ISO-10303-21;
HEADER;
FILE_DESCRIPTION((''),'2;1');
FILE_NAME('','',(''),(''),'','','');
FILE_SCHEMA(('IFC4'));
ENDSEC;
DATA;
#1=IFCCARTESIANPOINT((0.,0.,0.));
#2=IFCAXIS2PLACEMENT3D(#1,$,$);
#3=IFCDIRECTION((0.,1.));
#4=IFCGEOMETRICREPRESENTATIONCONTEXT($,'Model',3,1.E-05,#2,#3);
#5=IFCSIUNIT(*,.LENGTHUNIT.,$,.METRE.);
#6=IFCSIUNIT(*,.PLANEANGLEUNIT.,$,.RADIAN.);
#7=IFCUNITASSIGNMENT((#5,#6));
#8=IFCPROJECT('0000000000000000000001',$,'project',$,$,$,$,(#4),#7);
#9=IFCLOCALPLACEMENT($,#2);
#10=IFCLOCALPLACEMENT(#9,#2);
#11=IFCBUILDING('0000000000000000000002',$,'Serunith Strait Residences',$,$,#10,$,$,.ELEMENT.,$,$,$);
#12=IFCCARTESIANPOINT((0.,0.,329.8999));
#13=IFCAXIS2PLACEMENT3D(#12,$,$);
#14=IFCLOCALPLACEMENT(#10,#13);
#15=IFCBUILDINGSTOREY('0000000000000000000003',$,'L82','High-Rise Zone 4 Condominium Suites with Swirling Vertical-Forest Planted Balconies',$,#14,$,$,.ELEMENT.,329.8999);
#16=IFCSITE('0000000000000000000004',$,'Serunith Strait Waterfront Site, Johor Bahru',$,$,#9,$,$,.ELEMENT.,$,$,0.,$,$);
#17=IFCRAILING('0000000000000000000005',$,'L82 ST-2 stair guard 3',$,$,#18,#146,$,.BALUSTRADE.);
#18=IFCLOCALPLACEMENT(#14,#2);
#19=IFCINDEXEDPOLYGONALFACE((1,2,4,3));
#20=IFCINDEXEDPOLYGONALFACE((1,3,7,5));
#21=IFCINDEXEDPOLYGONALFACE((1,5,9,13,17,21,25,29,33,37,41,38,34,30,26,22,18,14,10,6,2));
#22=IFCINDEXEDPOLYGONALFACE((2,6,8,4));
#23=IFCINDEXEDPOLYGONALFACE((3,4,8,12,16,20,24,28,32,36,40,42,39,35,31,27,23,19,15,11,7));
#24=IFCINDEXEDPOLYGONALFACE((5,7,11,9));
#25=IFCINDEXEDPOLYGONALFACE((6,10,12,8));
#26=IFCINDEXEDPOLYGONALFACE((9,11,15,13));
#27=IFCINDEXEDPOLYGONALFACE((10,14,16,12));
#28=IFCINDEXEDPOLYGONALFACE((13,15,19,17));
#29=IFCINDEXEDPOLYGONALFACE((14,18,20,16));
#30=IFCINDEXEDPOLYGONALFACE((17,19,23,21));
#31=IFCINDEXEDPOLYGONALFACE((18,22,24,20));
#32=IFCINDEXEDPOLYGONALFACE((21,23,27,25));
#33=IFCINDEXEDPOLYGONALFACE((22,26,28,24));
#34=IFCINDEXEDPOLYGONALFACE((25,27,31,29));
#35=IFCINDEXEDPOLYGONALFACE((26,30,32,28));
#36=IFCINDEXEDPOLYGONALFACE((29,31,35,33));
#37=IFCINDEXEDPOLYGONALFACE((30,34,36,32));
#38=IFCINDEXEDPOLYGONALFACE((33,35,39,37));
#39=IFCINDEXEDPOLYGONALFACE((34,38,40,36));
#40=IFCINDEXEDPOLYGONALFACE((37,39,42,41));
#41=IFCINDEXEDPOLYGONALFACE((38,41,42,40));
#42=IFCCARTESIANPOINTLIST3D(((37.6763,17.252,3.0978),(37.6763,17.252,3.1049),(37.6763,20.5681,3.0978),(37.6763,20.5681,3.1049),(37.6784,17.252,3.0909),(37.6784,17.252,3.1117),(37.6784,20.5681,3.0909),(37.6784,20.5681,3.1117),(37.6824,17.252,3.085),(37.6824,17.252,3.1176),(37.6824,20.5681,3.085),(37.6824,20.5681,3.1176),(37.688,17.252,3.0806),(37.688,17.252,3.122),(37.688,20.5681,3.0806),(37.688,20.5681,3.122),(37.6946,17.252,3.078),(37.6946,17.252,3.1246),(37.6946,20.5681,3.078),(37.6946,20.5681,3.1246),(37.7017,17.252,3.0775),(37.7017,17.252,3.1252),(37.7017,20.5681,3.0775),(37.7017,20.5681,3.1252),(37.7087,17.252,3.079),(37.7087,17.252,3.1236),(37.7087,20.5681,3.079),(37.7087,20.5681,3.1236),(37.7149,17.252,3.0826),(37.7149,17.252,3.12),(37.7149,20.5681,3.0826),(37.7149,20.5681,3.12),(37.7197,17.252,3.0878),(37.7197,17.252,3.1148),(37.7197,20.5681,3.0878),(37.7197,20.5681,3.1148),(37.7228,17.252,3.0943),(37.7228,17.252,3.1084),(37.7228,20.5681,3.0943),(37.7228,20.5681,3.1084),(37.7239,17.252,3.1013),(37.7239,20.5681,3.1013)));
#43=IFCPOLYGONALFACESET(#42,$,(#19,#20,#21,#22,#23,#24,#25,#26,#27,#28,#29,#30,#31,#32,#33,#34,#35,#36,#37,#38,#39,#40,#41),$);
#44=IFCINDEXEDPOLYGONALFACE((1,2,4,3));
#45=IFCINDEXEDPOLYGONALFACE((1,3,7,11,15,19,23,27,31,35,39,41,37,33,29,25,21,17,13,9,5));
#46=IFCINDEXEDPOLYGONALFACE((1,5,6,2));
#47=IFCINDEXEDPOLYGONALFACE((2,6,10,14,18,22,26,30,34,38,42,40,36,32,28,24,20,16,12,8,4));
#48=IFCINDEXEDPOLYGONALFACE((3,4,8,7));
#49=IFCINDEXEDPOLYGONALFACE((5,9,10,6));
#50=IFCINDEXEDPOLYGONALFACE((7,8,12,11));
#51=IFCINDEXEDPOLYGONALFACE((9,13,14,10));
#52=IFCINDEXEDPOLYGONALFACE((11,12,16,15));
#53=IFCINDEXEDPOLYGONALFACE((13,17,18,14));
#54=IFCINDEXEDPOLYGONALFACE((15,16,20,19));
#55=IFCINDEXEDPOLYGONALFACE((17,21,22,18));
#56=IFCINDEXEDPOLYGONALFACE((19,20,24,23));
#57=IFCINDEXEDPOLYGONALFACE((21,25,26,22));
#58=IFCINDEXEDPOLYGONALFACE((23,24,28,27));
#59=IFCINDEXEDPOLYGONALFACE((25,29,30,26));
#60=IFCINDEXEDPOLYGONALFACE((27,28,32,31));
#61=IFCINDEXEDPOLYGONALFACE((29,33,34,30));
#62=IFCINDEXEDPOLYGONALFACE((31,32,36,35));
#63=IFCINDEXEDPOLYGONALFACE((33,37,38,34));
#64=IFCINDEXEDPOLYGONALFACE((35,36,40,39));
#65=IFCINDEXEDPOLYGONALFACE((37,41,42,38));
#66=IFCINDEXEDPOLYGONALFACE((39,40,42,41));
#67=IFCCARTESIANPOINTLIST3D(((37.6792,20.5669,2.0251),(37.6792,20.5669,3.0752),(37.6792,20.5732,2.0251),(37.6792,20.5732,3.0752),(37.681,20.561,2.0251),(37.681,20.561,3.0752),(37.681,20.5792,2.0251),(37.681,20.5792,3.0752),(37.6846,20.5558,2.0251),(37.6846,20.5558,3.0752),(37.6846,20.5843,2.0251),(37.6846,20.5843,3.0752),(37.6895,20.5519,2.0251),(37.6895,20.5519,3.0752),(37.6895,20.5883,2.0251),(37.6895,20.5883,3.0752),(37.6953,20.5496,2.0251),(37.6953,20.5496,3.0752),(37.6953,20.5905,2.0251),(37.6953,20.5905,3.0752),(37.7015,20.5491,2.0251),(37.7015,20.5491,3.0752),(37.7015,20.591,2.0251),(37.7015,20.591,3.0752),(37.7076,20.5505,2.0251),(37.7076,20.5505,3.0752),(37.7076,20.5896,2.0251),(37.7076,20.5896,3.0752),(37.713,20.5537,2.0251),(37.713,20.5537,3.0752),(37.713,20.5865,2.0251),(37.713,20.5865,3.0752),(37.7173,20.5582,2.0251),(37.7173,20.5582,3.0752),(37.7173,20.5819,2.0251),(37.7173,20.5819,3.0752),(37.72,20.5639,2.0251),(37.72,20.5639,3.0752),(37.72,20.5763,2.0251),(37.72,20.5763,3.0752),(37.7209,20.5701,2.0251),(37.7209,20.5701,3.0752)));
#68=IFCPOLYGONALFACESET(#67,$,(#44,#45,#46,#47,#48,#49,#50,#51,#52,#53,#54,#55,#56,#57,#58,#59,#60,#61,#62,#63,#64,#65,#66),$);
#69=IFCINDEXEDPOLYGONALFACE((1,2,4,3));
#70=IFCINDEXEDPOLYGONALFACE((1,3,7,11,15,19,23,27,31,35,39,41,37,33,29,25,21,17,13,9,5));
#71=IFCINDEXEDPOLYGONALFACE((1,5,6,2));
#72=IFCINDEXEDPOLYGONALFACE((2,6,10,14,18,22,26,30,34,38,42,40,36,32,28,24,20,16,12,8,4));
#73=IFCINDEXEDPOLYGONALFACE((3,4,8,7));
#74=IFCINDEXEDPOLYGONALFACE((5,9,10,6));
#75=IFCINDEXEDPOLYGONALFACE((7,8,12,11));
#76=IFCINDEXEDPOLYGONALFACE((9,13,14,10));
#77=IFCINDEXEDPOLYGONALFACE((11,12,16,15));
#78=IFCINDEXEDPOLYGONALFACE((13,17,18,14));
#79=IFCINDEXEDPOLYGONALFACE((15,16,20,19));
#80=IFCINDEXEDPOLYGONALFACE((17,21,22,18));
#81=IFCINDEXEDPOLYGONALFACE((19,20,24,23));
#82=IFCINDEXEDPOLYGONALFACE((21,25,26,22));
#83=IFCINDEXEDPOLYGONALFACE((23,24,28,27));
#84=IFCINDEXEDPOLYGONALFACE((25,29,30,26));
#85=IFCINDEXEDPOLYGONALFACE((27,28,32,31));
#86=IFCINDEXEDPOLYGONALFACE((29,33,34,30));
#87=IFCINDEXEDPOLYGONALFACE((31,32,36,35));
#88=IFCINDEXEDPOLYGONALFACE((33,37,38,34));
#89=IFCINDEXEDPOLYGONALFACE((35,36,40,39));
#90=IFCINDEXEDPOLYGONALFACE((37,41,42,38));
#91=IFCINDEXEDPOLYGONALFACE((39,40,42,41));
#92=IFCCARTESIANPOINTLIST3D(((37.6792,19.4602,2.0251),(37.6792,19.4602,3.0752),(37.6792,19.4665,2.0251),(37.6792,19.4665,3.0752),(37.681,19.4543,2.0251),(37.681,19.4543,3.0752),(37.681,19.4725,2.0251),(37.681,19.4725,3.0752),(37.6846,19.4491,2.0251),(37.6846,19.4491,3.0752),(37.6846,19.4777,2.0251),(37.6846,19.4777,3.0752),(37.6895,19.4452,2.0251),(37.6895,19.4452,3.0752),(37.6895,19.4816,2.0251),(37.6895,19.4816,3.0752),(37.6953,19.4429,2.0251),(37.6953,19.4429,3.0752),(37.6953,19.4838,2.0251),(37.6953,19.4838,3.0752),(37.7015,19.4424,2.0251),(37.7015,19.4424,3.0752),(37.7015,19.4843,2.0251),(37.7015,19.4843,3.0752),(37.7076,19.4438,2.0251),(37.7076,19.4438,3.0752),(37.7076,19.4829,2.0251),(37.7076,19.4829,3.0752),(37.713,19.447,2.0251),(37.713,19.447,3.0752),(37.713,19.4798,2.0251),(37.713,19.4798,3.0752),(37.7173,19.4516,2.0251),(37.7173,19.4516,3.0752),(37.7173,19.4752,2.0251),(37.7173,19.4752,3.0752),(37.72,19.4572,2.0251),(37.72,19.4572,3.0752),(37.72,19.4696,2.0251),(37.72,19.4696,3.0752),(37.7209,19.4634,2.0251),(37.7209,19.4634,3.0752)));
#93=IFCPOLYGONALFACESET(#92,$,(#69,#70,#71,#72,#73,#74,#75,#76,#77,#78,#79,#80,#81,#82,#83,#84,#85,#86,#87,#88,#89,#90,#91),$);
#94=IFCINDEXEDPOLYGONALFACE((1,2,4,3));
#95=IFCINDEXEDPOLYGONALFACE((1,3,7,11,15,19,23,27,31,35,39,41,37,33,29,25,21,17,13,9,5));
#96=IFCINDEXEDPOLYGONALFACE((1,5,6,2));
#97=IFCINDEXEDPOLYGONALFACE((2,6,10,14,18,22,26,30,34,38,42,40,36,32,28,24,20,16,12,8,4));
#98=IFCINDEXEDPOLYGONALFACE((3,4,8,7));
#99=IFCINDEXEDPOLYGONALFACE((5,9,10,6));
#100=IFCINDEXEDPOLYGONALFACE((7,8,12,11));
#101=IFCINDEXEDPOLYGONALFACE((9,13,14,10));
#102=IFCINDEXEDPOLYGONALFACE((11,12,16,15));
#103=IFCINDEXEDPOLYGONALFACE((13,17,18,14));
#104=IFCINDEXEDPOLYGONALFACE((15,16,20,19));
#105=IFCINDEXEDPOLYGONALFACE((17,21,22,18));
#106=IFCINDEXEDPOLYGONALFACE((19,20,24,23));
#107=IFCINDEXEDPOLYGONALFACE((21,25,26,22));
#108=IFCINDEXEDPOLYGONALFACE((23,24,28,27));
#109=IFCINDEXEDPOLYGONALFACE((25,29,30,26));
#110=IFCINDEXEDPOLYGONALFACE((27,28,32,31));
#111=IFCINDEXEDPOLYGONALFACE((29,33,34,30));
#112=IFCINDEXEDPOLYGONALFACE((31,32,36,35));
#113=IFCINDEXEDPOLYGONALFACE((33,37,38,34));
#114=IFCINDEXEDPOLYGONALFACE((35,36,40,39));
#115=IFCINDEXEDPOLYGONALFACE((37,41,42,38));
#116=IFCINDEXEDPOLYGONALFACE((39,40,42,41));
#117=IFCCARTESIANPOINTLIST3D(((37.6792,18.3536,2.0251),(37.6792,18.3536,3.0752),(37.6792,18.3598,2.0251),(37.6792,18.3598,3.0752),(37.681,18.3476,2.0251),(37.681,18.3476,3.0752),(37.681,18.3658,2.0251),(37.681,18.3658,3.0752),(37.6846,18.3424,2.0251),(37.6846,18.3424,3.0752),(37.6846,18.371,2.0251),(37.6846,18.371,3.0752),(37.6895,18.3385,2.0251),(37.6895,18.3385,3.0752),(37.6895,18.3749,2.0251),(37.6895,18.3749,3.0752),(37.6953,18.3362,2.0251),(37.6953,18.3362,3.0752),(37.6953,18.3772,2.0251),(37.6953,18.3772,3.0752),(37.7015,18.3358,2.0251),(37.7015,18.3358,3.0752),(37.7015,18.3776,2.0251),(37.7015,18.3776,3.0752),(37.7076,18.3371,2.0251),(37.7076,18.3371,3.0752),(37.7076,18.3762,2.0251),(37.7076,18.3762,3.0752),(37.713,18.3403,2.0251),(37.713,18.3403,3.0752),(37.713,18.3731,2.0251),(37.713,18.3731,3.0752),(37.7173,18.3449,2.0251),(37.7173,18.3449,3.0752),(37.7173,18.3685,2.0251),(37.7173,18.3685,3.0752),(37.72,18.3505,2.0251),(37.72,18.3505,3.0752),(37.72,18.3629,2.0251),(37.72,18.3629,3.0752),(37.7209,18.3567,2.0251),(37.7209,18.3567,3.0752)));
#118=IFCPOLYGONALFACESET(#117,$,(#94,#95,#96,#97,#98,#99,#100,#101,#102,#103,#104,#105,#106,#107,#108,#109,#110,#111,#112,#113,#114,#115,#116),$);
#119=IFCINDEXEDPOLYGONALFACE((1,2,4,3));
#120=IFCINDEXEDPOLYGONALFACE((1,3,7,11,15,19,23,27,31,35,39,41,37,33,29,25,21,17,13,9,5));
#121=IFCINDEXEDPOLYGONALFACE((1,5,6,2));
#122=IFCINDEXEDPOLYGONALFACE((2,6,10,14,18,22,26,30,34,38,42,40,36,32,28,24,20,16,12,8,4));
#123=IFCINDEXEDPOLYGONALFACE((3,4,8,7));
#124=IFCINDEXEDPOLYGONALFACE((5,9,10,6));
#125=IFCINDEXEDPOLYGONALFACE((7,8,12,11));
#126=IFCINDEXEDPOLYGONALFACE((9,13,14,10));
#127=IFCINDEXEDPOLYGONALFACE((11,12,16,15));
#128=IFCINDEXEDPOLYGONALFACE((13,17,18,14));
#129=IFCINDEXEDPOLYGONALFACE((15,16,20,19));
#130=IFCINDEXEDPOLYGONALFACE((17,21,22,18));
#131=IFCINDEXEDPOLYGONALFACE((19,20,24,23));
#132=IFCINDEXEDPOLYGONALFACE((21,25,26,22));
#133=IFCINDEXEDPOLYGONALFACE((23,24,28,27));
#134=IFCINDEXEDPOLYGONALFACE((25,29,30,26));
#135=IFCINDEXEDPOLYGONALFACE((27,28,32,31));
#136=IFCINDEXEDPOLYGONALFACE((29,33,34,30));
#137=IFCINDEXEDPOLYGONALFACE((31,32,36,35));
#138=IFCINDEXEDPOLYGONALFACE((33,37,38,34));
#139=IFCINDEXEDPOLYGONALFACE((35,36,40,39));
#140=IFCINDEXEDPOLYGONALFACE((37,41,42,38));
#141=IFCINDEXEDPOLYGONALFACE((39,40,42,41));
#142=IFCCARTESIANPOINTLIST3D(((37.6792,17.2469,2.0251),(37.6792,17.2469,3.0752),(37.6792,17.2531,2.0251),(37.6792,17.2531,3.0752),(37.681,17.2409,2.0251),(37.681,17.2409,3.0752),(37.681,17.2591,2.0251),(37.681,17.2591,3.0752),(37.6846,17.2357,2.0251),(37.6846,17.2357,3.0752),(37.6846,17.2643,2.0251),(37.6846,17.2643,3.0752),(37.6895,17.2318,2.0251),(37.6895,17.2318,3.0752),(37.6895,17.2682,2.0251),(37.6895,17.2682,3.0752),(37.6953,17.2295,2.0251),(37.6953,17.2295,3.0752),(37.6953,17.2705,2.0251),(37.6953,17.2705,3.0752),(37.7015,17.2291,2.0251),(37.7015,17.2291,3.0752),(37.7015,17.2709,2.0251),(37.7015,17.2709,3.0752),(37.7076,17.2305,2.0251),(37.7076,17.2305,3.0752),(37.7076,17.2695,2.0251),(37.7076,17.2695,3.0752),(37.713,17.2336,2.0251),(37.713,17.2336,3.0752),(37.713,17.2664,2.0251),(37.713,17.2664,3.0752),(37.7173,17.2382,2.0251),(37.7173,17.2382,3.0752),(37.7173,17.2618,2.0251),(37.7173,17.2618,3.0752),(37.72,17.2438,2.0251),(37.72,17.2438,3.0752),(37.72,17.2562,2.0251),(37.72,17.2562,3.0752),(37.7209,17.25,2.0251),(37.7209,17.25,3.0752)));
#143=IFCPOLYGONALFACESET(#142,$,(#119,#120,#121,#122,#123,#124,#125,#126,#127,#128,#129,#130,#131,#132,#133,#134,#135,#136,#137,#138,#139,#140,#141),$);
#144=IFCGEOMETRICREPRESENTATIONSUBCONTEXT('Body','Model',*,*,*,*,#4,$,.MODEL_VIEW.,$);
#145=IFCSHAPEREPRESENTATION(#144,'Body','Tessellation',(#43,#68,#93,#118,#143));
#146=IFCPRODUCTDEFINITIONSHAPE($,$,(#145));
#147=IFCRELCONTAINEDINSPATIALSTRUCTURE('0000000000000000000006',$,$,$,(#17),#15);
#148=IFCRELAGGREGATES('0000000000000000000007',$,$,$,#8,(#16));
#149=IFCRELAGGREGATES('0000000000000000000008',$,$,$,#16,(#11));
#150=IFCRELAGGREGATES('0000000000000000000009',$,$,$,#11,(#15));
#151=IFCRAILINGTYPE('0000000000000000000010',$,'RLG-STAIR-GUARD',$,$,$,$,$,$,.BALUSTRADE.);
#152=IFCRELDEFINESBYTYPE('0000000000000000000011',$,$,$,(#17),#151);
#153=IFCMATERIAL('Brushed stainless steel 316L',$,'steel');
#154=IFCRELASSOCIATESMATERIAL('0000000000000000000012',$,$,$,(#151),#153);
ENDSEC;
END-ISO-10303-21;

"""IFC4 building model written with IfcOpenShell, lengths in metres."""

from ifc_helpers import new_model, si_unit, direction, frame, origin, origin_2d, place, context, subcontext, project, spatial, circle, extrude, material, type_object, element, save


model = new_model("IFC4")

# Units and contexts
model_context = context("Model", 3, precision=1e-05, world=origin(), true_north=direction((0.0, 1.0)))
body_context = subcontext(model_context, "Body", "Model", "MODEL_VIEW")
ifc_project = project(units=[si_unit("LENGTHUNIT", "METRE"), si_unit("PLANEANGLEUNIT", "RADIAN")], contexts=[model_context])

# Site, building, storey
site_placement = place(None, origin())
site = spatial("IfcSite", under=ifc_project, at=site_placement, Name="Serunith Strait Waterfront Site, Johor Bahru", CompositionType="ELEMENT", RefElevation=0.0)
building_placement = place(site_placement, origin())
building = spatial("IfcBuilding", under=site, at=building_placement, Name="Serunith Strait Residences", CompositionType="ELEMENT")
storey_placement = place(building_placement, frame((0.0, 0.0, 329.8999)))
storey = spatial("IfcBuildingStorey", under=building, at=storey_placement, Name="L82", Description="High-Rise Zone 4 Condominium Suites with Swirling Vertical-Forest Planted Balconies", CompositionType="ELEMENT", Elevation=329.8999)

# Railing
ifc_material_1 = material(Name="Brushed stainless steel 316L", Category="steel")
railing_type_1 = type_object("IfcRailingType", Name="RLG-STAIR-GUARD", PredefinedType="BALUSTRADE", material=ifc_material_1)
for number, where, name in (
    (1, (37.7, 20.5701, 2.0251), "L82 ST-2 stair guard 3"),
):
    element("IfcRailing", number, at=place(storey_placement, frame(where)), inside=storey, type_object=railing_type_1, Name=name, PredefinedType="BALUSTRADE", context=body_context, shape_type="SweptSolid", body=[
        extrude(circle(Radius=0.0239, at=origin_2d()), frame((0.0, -0.002, 1.0762), z_axis=(0.0, -1.0, 0.0), x_axis=(1.0, 0.0, 0.0)), (0.0, 0.0, 1.0), 3.3162),
        extrude(circle(Radius=0.021, at=origin_2d()), origin(), (0.0, 0.0, 1.0), 1.05),
        extrude(circle(Radius=0.021, at=origin_2d()), frame((0.0, -1.1067, 0.0)), (0.0, 0.0, 1.0), 1.05),
        extrude(circle(Radius=0.021, at=origin_2d()), frame((0.0, -2.2134, 0.0)), (0.0, 0.0, 1.0), 1.05),
        extrude(circle(Radius=0.021, at=origin_2d()), frame((0.0, -3.3201, 0.0)), (0.0, 0.0, 1.0), 1.05),
    ])

save(model, "model.ifc")
